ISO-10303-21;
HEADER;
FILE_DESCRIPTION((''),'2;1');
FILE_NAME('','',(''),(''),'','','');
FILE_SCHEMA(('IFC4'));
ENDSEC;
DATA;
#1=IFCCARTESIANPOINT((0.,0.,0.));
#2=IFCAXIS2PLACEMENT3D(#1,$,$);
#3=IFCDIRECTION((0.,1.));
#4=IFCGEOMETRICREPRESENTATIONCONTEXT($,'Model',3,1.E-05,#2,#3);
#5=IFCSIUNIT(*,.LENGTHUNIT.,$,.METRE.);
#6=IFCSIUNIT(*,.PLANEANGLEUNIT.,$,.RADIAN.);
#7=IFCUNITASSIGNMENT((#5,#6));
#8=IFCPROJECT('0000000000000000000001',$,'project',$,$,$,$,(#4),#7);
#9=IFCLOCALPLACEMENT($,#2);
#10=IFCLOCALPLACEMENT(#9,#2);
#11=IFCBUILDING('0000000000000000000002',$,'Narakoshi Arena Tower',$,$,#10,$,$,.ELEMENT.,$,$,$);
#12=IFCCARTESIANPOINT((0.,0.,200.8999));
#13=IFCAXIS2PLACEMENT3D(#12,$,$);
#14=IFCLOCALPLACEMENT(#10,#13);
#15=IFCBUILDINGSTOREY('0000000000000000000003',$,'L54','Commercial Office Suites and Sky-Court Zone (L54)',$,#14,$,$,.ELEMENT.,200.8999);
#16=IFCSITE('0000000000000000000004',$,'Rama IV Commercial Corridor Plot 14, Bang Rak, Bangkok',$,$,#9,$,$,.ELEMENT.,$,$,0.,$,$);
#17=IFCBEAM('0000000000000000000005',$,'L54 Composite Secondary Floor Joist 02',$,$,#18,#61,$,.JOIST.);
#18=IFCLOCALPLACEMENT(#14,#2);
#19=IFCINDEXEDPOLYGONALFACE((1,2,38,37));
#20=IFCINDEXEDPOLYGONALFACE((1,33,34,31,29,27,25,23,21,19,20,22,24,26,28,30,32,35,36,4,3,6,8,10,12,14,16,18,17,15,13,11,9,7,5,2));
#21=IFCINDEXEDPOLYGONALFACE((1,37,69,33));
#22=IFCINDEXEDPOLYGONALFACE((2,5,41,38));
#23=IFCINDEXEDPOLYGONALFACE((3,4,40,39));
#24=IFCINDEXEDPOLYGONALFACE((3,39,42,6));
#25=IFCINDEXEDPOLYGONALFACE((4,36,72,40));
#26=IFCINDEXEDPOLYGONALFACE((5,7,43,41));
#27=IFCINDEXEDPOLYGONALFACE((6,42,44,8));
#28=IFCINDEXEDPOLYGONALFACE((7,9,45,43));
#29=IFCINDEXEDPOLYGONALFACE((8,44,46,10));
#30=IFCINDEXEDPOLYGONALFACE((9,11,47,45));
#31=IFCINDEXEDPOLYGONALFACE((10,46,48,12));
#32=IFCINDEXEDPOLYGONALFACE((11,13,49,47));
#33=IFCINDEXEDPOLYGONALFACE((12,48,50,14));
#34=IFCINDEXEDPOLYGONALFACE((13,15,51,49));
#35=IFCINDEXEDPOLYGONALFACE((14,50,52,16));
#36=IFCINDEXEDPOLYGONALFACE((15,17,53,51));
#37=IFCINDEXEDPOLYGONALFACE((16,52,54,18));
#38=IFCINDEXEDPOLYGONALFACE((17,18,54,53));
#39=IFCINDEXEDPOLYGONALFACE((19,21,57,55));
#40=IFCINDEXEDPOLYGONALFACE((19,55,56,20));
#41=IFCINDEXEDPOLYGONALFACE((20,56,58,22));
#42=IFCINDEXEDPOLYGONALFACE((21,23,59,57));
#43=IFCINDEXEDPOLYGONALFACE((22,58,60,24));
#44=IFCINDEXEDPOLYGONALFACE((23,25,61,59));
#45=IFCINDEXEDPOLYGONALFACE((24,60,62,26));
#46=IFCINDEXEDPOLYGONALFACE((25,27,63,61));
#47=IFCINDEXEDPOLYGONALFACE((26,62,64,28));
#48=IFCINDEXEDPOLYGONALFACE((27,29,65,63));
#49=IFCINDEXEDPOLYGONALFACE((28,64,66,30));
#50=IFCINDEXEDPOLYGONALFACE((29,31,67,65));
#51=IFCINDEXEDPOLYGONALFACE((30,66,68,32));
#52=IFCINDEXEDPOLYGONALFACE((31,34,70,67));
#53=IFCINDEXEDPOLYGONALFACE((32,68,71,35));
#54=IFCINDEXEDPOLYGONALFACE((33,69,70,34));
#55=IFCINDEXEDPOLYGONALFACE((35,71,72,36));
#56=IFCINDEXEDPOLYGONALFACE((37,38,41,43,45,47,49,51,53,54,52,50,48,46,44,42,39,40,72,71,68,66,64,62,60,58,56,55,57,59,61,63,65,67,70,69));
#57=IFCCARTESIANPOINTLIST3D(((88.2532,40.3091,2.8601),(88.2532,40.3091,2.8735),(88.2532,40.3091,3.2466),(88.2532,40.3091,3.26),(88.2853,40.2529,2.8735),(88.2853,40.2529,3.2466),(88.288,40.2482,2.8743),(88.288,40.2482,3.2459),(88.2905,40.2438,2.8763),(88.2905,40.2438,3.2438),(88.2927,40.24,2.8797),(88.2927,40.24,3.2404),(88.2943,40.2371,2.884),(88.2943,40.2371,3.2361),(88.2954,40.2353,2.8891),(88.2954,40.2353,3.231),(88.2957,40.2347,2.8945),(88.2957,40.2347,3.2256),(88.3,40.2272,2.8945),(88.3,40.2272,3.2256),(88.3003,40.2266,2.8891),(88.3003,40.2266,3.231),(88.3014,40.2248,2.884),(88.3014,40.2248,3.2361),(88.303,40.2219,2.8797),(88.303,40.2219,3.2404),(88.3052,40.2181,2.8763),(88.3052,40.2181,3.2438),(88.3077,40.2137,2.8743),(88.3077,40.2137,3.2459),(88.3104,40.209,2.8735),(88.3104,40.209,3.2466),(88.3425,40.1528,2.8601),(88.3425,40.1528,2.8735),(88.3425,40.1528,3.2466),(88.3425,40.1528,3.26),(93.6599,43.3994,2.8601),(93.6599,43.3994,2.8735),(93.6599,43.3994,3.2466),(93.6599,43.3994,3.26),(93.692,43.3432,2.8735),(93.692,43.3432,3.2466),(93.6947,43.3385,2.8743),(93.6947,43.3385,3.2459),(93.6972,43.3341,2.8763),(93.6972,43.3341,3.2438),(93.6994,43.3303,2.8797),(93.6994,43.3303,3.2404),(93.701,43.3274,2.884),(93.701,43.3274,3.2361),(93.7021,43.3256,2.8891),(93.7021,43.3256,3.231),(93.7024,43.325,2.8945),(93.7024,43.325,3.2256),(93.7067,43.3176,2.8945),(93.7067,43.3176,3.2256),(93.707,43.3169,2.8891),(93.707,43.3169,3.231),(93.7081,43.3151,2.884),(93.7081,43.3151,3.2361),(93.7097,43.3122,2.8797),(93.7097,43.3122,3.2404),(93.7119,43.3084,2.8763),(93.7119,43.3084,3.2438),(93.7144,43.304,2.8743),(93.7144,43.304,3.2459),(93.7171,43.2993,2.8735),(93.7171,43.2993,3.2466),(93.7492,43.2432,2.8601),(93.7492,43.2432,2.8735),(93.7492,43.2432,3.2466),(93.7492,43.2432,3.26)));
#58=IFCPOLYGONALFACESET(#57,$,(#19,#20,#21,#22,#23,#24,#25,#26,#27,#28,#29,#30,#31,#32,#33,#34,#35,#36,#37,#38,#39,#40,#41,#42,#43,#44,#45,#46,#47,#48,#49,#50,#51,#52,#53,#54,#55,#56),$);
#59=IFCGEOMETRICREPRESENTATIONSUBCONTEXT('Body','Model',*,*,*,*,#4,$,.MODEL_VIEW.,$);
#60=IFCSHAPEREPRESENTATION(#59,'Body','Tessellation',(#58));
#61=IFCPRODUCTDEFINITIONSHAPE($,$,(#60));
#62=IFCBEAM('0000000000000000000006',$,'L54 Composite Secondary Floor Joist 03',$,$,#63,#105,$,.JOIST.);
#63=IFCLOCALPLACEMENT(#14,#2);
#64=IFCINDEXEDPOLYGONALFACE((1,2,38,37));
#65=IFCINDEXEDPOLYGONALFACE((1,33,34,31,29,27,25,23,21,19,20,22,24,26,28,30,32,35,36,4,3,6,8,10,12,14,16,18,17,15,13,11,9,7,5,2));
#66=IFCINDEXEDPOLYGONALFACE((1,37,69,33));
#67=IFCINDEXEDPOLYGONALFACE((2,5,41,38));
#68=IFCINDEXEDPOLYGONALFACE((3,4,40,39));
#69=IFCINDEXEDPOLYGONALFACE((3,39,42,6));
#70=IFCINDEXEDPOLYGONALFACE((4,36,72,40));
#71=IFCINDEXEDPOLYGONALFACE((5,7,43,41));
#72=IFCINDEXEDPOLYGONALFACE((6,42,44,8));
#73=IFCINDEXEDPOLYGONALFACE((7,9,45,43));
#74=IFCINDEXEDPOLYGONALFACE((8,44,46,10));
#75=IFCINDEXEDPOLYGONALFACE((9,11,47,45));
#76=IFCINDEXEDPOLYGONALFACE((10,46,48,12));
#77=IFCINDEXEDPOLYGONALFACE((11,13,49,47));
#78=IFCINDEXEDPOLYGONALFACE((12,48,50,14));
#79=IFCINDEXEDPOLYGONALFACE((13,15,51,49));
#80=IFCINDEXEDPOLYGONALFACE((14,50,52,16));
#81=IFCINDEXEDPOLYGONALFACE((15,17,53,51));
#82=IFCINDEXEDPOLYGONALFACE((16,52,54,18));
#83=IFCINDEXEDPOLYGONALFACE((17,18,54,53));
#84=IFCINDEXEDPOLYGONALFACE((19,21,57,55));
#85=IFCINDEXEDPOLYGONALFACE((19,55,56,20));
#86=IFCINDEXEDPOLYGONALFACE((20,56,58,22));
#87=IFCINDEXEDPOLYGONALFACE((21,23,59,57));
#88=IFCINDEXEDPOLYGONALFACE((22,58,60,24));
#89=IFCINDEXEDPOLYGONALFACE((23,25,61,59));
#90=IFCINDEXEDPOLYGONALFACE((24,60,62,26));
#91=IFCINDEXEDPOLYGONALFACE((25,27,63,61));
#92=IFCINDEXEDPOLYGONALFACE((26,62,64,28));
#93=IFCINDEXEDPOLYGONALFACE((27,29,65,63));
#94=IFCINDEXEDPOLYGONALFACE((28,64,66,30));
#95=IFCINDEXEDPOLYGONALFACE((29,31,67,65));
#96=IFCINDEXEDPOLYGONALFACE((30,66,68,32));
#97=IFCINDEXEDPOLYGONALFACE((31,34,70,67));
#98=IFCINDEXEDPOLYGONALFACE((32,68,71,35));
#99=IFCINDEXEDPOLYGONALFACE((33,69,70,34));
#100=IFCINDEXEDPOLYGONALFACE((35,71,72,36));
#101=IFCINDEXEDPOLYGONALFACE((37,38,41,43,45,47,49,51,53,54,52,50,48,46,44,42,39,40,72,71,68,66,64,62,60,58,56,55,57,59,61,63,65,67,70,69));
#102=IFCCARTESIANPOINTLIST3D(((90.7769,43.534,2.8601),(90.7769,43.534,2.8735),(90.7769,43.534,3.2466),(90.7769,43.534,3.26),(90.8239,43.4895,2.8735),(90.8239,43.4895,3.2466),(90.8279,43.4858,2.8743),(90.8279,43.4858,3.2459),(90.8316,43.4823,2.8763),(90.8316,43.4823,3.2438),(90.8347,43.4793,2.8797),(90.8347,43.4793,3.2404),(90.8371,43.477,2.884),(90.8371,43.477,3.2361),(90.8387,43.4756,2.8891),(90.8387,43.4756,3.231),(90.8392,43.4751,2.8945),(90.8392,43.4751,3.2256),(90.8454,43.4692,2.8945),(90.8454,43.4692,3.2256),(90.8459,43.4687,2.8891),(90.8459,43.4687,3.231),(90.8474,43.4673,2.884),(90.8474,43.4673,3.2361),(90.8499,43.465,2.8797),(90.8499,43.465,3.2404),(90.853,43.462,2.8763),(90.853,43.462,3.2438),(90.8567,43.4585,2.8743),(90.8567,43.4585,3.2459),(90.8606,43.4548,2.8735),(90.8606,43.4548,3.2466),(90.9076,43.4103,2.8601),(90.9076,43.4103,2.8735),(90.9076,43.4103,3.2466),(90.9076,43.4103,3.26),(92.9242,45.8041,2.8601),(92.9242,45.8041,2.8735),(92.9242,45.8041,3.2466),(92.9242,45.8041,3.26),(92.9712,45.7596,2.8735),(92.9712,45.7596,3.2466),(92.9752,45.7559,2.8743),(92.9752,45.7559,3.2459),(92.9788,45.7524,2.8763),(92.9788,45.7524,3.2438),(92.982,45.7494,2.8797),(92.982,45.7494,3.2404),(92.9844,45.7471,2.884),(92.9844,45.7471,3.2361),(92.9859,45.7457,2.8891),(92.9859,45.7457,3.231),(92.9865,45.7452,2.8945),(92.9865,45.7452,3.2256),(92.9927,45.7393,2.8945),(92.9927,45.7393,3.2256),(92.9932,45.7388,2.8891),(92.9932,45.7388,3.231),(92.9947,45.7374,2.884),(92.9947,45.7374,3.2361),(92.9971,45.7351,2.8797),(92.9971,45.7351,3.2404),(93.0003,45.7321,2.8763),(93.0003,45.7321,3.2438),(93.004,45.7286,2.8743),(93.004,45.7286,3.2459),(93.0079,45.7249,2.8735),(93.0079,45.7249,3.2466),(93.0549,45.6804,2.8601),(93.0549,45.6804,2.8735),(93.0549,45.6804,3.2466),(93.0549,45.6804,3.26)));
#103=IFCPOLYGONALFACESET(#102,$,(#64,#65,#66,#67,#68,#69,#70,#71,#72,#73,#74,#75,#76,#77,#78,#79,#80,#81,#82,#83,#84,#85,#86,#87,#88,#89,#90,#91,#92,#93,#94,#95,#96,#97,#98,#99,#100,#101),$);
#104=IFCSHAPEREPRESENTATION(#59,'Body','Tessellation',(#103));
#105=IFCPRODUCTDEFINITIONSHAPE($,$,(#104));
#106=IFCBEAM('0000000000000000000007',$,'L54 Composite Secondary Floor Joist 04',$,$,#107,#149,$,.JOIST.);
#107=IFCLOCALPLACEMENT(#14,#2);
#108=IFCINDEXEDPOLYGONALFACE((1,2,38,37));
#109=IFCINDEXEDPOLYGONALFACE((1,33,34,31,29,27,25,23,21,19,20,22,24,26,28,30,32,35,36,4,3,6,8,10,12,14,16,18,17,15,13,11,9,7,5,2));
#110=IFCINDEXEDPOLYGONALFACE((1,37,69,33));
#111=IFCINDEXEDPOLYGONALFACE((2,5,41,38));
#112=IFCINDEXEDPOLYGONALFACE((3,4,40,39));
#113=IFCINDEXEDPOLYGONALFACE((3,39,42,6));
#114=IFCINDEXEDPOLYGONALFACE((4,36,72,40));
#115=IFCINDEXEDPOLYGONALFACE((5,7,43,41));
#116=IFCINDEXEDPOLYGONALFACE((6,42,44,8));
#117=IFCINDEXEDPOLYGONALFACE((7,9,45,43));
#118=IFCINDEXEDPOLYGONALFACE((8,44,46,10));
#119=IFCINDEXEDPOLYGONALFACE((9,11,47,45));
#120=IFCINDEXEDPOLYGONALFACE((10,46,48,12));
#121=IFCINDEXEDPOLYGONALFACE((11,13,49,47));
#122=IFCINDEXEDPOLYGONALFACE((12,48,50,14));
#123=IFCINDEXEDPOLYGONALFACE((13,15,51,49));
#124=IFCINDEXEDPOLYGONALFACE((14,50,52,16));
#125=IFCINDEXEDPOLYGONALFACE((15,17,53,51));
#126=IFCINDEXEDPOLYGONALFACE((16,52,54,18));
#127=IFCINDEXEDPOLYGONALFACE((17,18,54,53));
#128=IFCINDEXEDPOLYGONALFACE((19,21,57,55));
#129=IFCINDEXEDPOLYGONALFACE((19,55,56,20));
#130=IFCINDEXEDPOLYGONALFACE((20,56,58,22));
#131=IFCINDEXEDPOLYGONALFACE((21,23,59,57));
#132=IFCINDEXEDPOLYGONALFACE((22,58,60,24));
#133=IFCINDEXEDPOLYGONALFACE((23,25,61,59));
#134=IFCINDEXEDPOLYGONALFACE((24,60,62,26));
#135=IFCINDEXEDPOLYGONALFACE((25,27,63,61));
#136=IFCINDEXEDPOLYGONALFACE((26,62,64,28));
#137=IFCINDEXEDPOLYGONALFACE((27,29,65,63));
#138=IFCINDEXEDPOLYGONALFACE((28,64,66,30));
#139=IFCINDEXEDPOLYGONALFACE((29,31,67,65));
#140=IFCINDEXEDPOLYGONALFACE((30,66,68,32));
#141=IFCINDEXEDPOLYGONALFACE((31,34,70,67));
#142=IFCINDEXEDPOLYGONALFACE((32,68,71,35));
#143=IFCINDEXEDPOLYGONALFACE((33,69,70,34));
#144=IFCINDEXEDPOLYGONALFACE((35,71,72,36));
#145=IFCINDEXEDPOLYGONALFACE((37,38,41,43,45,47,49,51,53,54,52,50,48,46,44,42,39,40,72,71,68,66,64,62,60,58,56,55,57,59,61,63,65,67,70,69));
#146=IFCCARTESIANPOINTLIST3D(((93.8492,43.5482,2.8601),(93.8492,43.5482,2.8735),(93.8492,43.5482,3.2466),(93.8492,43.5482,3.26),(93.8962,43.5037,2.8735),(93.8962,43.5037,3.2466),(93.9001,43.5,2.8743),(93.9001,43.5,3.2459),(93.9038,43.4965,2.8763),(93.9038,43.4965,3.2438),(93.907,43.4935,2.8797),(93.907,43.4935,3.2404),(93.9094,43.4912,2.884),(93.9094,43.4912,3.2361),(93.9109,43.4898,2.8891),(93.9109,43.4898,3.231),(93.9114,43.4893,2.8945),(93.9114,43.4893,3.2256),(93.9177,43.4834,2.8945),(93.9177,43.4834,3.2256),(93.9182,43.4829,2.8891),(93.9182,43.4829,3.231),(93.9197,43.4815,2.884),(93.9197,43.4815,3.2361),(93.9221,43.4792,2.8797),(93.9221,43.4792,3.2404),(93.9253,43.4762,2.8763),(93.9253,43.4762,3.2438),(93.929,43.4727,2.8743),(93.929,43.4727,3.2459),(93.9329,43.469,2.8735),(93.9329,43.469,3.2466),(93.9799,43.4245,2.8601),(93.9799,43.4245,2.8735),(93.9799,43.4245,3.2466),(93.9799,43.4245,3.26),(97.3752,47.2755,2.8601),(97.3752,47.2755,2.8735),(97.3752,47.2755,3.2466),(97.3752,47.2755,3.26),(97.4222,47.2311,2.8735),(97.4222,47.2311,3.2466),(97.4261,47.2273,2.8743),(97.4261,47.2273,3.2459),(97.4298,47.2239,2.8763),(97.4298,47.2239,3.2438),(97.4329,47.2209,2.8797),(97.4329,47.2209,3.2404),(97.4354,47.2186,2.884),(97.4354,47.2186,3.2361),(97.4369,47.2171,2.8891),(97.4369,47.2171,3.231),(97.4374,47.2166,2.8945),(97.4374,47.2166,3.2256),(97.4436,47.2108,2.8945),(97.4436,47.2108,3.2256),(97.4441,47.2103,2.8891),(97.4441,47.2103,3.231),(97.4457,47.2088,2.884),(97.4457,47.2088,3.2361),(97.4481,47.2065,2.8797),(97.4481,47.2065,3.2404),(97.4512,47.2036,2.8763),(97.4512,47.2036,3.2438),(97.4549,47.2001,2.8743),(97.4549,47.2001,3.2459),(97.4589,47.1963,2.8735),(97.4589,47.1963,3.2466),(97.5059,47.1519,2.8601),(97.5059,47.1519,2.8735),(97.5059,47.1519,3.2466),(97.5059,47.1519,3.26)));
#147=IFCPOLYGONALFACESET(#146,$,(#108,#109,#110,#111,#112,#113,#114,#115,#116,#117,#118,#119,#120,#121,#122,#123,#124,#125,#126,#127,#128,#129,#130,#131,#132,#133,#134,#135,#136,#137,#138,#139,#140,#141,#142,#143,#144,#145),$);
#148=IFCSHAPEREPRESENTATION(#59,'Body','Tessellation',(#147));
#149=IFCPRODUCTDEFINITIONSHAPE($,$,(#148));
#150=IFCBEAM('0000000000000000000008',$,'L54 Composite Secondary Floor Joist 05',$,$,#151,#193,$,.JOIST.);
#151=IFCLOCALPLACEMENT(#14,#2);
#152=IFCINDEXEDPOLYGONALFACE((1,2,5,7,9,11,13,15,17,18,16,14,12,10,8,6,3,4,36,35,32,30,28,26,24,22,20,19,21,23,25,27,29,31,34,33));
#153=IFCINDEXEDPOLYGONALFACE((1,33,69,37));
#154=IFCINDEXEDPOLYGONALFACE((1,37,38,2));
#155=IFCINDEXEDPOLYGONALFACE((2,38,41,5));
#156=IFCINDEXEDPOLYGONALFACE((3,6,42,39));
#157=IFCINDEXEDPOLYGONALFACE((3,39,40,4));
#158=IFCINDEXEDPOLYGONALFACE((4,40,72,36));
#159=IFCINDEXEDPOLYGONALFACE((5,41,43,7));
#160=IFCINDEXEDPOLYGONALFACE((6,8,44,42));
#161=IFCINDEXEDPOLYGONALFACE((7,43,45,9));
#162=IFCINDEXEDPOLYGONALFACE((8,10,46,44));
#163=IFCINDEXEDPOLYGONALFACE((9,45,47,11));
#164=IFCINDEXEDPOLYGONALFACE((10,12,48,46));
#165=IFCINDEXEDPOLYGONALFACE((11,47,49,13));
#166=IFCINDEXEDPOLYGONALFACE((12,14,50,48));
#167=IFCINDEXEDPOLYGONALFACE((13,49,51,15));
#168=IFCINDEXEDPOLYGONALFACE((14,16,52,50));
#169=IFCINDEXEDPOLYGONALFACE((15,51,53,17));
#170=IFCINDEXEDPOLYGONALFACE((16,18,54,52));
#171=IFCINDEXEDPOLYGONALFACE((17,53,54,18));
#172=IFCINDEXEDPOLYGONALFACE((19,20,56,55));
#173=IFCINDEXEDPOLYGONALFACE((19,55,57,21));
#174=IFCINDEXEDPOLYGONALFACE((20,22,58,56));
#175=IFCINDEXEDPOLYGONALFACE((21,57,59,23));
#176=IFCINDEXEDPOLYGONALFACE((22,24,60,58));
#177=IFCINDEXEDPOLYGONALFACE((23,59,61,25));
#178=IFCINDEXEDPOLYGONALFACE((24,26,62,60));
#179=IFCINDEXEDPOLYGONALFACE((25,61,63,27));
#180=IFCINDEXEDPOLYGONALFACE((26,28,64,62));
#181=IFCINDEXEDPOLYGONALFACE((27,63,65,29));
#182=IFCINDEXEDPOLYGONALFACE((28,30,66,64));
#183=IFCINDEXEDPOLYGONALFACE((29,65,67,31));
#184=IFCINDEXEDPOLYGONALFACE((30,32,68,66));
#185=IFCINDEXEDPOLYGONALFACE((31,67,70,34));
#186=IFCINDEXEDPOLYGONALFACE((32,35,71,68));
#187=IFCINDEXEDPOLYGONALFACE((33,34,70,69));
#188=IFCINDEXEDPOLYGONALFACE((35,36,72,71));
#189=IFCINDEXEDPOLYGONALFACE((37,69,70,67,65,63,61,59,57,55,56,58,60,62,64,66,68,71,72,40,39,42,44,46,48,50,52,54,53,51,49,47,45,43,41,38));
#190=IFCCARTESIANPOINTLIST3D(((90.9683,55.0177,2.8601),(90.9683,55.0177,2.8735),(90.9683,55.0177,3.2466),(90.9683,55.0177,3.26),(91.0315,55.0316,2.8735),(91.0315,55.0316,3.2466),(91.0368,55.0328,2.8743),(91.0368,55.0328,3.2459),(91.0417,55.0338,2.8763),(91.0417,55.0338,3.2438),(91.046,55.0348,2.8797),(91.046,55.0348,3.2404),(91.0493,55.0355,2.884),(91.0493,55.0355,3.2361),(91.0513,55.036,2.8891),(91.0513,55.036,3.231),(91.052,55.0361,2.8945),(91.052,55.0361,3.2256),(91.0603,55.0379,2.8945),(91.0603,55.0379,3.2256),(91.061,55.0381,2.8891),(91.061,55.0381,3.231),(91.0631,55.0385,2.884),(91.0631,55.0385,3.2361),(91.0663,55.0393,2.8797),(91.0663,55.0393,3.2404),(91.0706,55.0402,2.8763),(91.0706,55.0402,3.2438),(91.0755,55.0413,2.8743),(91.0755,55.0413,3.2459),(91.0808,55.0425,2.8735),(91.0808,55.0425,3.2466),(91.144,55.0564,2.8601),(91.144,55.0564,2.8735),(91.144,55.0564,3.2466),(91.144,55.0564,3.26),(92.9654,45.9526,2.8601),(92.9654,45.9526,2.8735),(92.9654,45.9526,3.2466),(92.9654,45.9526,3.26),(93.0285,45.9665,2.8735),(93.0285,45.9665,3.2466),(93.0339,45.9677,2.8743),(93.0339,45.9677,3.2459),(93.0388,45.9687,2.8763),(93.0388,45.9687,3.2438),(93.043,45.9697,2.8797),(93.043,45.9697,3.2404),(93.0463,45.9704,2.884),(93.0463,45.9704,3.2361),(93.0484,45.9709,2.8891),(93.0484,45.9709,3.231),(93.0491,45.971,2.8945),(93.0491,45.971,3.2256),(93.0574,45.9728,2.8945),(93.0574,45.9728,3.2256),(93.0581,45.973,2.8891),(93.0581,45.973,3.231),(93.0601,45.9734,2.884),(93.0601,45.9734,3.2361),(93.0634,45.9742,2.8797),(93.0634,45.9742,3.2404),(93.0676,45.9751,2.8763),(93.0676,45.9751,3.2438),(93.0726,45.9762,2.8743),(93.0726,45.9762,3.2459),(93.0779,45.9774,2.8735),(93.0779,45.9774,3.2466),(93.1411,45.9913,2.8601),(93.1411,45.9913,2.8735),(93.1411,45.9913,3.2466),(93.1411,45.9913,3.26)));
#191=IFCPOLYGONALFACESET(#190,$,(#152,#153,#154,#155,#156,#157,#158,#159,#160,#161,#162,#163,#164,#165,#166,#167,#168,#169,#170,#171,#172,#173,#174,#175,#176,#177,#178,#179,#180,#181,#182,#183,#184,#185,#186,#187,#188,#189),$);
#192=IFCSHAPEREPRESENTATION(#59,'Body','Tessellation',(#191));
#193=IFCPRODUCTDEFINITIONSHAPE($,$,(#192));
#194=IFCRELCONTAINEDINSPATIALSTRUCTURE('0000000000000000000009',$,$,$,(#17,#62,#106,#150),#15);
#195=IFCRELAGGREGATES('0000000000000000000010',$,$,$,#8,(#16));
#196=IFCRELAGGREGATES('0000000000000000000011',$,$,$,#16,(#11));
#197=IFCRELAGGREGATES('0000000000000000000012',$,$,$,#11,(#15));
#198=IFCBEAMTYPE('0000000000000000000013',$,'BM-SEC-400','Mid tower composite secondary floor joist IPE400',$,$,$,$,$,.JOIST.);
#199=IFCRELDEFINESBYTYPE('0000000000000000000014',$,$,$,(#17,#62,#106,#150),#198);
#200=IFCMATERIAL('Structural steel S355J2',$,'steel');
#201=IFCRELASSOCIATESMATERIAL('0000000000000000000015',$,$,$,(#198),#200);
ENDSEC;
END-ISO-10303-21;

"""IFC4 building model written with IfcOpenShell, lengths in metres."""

from ifc_helpers import new_model, si_unit, direction, frame, origin, origin_2d, place, context, subcontext, project, spatial, i_section, extrude, material, material_profile, profile_set, type_object, element, save


model = new_model("IFC4")

# Units and contexts
model_context = context("Model", 3, precision=1e-05, world=origin(), true_north=direction((0.0, 1.0)))
body_context = subcontext(model_context, "Body", "Model", "MODEL_VIEW")
ifc_project = project(units=[si_unit("LENGTHUNIT", "METRE"), si_unit("PLANEANGLEUNIT", "RADIAN")], contexts=[model_context])

# Site, building, storey
site_placement = place(None, origin())
site = spatial("IfcSite", under=ifc_project, at=site_placement, Name="Rama IV Commercial Corridor Plot 14, Bang Rak, Bangkok", CompositionType="ELEMENT", RefElevation=0.0)
building_placement = place(site_placement, origin())
building = spatial("IfcBuilding", under=site, at=building_placement, Name="Narakoshi Arena Tower", CompositionType="ELEMENT")
storey_placement = place(building_placement, frame((0.0, 0.0, 200.8999)))
storey = spatial("IfcBuildingStorey", under=building, at=storey_placement, Name="L54", Description="Commercial Office Suites and Sky-Court Zone (L54)", CompositionType="ELEMENT", Elevation=200.8999)

# Beams
ifc_material_1 = material(Name="Structural steel S355J2", Category="steel")
ifc_material_profile_1 = material_profile(ifc_material_1, i_section(OverallWidth=0.1799, OverallDepth=0.3999, WebThickness=0.0085, FlangeThickness=0.0134, FilletRadius=0.021, at=origin_2d()), Name="IPE400")
ifc_profile_set_1 = profile_set([ifc_material_profile_1], Name="Structural steel S355J2")
beam_type_1 = type_object("IfcBeamType", Name="BM-SEC-400", Description="Mid tower composite secondary floor joist IPE400", PredefinedType="JOIST", material=ifc_profile_set_1)
beam_1_placement = place(storey_placement, frame((88.2979, 40.231, 3.0601), z_axis=(0.86819, 0.496232, 0.0), x_axis=(-0.496232, 0.86819, 0.0)))
element("IfcBeam", 1, at=beam_1_placement, inside=storey, type_object=beam_type_1, Name="L54 Composite Secondary Floor Joist 02", PredefinedType="JOIST", context=body_context, shape_type="SweptSolid", body=[
    extrude(i_section(OverallWidth=0.1799, OverallDepth=0.3999, WebThickness=0.0085, FlangeThickness=0.0134, FilletRadius=0.021, at=origin_2d()), origin(), (0.0, 0.0, 1.0), 6.2275),
])
beam_2_placement = place(storey_placement, frame((90.8423, 43.4722, 3.0601), z_axis=(0.687183, 0.726484, 0.0), x_axis=(-0.726484, 0.687183, 0.0)))
element("IfcBeam", 2, at=beam_2_placement, inside=storey, type_object=beam_type_1, Name="L54 Composite Secondary Floor Joist 03", PredefinedType="JOIST", context=body_context, shape_type="SweptSolid", body=[
    extrude(i_section(OverallWidth=0.1799, OverallDepth=0.3999, WebThickness=0.0085, FlangeThickness=0.0134, FilletRadius=0.021, at=origin_2d()), origin(), (0.0, 0.0, 1.0), 3.1248),
])
beam_3_placement = place(storey_placement, frame((93.9146, 43.4863, 3.0601), z_axis=(0.687206, 0.726463, 0.0), x_axis=(-0.726463, 0.687206, 0.0)))
element("IfcBeam", 3, at=beam_3_placement, inside=storey, type_object=beam_type_1, Name="L54 Composite Secondary Floor Joist 04", PredefinedType="JOIST", context=body_context, shape_type="SweptSolid", body=[
    extrude(i_section(OverallWidth=0.1799, OverallDepth=0.3999, WebThickness=0.0085, FlangeThickness=0.0134, FilletRadius=0.021, at=origin_2d()), origin(), (0.0, 0.0, 1.0), 5.1309),
])
beam_4_placement = place(storey_placement, frame((93.0532, 45.9719, 3.0601), z_axis=(-0.215142, 0.976583, 0.0), x_axis=(-0.976583, -0.215142, 0.0)))
element("IfcBeam", 4, at=beam_4_placement, inside=storey, type_object=beam_type_1, Name="L54 Composite Secondary Floor Joist 05", PredefinedType="JOIST", context=body_context, shape_type="SweptSolid", body=[
    extrude(i_section(OverallWidth=0.1799, OverallDepth=0.3999, WebThickness=0.0085, FlangeThickness=0.0134, FilletRadius=0.021, at=origin_2d()), origin(), (0.0, 0.0, 1.0), 9.2825),
])

save(model, "model.ifc")
